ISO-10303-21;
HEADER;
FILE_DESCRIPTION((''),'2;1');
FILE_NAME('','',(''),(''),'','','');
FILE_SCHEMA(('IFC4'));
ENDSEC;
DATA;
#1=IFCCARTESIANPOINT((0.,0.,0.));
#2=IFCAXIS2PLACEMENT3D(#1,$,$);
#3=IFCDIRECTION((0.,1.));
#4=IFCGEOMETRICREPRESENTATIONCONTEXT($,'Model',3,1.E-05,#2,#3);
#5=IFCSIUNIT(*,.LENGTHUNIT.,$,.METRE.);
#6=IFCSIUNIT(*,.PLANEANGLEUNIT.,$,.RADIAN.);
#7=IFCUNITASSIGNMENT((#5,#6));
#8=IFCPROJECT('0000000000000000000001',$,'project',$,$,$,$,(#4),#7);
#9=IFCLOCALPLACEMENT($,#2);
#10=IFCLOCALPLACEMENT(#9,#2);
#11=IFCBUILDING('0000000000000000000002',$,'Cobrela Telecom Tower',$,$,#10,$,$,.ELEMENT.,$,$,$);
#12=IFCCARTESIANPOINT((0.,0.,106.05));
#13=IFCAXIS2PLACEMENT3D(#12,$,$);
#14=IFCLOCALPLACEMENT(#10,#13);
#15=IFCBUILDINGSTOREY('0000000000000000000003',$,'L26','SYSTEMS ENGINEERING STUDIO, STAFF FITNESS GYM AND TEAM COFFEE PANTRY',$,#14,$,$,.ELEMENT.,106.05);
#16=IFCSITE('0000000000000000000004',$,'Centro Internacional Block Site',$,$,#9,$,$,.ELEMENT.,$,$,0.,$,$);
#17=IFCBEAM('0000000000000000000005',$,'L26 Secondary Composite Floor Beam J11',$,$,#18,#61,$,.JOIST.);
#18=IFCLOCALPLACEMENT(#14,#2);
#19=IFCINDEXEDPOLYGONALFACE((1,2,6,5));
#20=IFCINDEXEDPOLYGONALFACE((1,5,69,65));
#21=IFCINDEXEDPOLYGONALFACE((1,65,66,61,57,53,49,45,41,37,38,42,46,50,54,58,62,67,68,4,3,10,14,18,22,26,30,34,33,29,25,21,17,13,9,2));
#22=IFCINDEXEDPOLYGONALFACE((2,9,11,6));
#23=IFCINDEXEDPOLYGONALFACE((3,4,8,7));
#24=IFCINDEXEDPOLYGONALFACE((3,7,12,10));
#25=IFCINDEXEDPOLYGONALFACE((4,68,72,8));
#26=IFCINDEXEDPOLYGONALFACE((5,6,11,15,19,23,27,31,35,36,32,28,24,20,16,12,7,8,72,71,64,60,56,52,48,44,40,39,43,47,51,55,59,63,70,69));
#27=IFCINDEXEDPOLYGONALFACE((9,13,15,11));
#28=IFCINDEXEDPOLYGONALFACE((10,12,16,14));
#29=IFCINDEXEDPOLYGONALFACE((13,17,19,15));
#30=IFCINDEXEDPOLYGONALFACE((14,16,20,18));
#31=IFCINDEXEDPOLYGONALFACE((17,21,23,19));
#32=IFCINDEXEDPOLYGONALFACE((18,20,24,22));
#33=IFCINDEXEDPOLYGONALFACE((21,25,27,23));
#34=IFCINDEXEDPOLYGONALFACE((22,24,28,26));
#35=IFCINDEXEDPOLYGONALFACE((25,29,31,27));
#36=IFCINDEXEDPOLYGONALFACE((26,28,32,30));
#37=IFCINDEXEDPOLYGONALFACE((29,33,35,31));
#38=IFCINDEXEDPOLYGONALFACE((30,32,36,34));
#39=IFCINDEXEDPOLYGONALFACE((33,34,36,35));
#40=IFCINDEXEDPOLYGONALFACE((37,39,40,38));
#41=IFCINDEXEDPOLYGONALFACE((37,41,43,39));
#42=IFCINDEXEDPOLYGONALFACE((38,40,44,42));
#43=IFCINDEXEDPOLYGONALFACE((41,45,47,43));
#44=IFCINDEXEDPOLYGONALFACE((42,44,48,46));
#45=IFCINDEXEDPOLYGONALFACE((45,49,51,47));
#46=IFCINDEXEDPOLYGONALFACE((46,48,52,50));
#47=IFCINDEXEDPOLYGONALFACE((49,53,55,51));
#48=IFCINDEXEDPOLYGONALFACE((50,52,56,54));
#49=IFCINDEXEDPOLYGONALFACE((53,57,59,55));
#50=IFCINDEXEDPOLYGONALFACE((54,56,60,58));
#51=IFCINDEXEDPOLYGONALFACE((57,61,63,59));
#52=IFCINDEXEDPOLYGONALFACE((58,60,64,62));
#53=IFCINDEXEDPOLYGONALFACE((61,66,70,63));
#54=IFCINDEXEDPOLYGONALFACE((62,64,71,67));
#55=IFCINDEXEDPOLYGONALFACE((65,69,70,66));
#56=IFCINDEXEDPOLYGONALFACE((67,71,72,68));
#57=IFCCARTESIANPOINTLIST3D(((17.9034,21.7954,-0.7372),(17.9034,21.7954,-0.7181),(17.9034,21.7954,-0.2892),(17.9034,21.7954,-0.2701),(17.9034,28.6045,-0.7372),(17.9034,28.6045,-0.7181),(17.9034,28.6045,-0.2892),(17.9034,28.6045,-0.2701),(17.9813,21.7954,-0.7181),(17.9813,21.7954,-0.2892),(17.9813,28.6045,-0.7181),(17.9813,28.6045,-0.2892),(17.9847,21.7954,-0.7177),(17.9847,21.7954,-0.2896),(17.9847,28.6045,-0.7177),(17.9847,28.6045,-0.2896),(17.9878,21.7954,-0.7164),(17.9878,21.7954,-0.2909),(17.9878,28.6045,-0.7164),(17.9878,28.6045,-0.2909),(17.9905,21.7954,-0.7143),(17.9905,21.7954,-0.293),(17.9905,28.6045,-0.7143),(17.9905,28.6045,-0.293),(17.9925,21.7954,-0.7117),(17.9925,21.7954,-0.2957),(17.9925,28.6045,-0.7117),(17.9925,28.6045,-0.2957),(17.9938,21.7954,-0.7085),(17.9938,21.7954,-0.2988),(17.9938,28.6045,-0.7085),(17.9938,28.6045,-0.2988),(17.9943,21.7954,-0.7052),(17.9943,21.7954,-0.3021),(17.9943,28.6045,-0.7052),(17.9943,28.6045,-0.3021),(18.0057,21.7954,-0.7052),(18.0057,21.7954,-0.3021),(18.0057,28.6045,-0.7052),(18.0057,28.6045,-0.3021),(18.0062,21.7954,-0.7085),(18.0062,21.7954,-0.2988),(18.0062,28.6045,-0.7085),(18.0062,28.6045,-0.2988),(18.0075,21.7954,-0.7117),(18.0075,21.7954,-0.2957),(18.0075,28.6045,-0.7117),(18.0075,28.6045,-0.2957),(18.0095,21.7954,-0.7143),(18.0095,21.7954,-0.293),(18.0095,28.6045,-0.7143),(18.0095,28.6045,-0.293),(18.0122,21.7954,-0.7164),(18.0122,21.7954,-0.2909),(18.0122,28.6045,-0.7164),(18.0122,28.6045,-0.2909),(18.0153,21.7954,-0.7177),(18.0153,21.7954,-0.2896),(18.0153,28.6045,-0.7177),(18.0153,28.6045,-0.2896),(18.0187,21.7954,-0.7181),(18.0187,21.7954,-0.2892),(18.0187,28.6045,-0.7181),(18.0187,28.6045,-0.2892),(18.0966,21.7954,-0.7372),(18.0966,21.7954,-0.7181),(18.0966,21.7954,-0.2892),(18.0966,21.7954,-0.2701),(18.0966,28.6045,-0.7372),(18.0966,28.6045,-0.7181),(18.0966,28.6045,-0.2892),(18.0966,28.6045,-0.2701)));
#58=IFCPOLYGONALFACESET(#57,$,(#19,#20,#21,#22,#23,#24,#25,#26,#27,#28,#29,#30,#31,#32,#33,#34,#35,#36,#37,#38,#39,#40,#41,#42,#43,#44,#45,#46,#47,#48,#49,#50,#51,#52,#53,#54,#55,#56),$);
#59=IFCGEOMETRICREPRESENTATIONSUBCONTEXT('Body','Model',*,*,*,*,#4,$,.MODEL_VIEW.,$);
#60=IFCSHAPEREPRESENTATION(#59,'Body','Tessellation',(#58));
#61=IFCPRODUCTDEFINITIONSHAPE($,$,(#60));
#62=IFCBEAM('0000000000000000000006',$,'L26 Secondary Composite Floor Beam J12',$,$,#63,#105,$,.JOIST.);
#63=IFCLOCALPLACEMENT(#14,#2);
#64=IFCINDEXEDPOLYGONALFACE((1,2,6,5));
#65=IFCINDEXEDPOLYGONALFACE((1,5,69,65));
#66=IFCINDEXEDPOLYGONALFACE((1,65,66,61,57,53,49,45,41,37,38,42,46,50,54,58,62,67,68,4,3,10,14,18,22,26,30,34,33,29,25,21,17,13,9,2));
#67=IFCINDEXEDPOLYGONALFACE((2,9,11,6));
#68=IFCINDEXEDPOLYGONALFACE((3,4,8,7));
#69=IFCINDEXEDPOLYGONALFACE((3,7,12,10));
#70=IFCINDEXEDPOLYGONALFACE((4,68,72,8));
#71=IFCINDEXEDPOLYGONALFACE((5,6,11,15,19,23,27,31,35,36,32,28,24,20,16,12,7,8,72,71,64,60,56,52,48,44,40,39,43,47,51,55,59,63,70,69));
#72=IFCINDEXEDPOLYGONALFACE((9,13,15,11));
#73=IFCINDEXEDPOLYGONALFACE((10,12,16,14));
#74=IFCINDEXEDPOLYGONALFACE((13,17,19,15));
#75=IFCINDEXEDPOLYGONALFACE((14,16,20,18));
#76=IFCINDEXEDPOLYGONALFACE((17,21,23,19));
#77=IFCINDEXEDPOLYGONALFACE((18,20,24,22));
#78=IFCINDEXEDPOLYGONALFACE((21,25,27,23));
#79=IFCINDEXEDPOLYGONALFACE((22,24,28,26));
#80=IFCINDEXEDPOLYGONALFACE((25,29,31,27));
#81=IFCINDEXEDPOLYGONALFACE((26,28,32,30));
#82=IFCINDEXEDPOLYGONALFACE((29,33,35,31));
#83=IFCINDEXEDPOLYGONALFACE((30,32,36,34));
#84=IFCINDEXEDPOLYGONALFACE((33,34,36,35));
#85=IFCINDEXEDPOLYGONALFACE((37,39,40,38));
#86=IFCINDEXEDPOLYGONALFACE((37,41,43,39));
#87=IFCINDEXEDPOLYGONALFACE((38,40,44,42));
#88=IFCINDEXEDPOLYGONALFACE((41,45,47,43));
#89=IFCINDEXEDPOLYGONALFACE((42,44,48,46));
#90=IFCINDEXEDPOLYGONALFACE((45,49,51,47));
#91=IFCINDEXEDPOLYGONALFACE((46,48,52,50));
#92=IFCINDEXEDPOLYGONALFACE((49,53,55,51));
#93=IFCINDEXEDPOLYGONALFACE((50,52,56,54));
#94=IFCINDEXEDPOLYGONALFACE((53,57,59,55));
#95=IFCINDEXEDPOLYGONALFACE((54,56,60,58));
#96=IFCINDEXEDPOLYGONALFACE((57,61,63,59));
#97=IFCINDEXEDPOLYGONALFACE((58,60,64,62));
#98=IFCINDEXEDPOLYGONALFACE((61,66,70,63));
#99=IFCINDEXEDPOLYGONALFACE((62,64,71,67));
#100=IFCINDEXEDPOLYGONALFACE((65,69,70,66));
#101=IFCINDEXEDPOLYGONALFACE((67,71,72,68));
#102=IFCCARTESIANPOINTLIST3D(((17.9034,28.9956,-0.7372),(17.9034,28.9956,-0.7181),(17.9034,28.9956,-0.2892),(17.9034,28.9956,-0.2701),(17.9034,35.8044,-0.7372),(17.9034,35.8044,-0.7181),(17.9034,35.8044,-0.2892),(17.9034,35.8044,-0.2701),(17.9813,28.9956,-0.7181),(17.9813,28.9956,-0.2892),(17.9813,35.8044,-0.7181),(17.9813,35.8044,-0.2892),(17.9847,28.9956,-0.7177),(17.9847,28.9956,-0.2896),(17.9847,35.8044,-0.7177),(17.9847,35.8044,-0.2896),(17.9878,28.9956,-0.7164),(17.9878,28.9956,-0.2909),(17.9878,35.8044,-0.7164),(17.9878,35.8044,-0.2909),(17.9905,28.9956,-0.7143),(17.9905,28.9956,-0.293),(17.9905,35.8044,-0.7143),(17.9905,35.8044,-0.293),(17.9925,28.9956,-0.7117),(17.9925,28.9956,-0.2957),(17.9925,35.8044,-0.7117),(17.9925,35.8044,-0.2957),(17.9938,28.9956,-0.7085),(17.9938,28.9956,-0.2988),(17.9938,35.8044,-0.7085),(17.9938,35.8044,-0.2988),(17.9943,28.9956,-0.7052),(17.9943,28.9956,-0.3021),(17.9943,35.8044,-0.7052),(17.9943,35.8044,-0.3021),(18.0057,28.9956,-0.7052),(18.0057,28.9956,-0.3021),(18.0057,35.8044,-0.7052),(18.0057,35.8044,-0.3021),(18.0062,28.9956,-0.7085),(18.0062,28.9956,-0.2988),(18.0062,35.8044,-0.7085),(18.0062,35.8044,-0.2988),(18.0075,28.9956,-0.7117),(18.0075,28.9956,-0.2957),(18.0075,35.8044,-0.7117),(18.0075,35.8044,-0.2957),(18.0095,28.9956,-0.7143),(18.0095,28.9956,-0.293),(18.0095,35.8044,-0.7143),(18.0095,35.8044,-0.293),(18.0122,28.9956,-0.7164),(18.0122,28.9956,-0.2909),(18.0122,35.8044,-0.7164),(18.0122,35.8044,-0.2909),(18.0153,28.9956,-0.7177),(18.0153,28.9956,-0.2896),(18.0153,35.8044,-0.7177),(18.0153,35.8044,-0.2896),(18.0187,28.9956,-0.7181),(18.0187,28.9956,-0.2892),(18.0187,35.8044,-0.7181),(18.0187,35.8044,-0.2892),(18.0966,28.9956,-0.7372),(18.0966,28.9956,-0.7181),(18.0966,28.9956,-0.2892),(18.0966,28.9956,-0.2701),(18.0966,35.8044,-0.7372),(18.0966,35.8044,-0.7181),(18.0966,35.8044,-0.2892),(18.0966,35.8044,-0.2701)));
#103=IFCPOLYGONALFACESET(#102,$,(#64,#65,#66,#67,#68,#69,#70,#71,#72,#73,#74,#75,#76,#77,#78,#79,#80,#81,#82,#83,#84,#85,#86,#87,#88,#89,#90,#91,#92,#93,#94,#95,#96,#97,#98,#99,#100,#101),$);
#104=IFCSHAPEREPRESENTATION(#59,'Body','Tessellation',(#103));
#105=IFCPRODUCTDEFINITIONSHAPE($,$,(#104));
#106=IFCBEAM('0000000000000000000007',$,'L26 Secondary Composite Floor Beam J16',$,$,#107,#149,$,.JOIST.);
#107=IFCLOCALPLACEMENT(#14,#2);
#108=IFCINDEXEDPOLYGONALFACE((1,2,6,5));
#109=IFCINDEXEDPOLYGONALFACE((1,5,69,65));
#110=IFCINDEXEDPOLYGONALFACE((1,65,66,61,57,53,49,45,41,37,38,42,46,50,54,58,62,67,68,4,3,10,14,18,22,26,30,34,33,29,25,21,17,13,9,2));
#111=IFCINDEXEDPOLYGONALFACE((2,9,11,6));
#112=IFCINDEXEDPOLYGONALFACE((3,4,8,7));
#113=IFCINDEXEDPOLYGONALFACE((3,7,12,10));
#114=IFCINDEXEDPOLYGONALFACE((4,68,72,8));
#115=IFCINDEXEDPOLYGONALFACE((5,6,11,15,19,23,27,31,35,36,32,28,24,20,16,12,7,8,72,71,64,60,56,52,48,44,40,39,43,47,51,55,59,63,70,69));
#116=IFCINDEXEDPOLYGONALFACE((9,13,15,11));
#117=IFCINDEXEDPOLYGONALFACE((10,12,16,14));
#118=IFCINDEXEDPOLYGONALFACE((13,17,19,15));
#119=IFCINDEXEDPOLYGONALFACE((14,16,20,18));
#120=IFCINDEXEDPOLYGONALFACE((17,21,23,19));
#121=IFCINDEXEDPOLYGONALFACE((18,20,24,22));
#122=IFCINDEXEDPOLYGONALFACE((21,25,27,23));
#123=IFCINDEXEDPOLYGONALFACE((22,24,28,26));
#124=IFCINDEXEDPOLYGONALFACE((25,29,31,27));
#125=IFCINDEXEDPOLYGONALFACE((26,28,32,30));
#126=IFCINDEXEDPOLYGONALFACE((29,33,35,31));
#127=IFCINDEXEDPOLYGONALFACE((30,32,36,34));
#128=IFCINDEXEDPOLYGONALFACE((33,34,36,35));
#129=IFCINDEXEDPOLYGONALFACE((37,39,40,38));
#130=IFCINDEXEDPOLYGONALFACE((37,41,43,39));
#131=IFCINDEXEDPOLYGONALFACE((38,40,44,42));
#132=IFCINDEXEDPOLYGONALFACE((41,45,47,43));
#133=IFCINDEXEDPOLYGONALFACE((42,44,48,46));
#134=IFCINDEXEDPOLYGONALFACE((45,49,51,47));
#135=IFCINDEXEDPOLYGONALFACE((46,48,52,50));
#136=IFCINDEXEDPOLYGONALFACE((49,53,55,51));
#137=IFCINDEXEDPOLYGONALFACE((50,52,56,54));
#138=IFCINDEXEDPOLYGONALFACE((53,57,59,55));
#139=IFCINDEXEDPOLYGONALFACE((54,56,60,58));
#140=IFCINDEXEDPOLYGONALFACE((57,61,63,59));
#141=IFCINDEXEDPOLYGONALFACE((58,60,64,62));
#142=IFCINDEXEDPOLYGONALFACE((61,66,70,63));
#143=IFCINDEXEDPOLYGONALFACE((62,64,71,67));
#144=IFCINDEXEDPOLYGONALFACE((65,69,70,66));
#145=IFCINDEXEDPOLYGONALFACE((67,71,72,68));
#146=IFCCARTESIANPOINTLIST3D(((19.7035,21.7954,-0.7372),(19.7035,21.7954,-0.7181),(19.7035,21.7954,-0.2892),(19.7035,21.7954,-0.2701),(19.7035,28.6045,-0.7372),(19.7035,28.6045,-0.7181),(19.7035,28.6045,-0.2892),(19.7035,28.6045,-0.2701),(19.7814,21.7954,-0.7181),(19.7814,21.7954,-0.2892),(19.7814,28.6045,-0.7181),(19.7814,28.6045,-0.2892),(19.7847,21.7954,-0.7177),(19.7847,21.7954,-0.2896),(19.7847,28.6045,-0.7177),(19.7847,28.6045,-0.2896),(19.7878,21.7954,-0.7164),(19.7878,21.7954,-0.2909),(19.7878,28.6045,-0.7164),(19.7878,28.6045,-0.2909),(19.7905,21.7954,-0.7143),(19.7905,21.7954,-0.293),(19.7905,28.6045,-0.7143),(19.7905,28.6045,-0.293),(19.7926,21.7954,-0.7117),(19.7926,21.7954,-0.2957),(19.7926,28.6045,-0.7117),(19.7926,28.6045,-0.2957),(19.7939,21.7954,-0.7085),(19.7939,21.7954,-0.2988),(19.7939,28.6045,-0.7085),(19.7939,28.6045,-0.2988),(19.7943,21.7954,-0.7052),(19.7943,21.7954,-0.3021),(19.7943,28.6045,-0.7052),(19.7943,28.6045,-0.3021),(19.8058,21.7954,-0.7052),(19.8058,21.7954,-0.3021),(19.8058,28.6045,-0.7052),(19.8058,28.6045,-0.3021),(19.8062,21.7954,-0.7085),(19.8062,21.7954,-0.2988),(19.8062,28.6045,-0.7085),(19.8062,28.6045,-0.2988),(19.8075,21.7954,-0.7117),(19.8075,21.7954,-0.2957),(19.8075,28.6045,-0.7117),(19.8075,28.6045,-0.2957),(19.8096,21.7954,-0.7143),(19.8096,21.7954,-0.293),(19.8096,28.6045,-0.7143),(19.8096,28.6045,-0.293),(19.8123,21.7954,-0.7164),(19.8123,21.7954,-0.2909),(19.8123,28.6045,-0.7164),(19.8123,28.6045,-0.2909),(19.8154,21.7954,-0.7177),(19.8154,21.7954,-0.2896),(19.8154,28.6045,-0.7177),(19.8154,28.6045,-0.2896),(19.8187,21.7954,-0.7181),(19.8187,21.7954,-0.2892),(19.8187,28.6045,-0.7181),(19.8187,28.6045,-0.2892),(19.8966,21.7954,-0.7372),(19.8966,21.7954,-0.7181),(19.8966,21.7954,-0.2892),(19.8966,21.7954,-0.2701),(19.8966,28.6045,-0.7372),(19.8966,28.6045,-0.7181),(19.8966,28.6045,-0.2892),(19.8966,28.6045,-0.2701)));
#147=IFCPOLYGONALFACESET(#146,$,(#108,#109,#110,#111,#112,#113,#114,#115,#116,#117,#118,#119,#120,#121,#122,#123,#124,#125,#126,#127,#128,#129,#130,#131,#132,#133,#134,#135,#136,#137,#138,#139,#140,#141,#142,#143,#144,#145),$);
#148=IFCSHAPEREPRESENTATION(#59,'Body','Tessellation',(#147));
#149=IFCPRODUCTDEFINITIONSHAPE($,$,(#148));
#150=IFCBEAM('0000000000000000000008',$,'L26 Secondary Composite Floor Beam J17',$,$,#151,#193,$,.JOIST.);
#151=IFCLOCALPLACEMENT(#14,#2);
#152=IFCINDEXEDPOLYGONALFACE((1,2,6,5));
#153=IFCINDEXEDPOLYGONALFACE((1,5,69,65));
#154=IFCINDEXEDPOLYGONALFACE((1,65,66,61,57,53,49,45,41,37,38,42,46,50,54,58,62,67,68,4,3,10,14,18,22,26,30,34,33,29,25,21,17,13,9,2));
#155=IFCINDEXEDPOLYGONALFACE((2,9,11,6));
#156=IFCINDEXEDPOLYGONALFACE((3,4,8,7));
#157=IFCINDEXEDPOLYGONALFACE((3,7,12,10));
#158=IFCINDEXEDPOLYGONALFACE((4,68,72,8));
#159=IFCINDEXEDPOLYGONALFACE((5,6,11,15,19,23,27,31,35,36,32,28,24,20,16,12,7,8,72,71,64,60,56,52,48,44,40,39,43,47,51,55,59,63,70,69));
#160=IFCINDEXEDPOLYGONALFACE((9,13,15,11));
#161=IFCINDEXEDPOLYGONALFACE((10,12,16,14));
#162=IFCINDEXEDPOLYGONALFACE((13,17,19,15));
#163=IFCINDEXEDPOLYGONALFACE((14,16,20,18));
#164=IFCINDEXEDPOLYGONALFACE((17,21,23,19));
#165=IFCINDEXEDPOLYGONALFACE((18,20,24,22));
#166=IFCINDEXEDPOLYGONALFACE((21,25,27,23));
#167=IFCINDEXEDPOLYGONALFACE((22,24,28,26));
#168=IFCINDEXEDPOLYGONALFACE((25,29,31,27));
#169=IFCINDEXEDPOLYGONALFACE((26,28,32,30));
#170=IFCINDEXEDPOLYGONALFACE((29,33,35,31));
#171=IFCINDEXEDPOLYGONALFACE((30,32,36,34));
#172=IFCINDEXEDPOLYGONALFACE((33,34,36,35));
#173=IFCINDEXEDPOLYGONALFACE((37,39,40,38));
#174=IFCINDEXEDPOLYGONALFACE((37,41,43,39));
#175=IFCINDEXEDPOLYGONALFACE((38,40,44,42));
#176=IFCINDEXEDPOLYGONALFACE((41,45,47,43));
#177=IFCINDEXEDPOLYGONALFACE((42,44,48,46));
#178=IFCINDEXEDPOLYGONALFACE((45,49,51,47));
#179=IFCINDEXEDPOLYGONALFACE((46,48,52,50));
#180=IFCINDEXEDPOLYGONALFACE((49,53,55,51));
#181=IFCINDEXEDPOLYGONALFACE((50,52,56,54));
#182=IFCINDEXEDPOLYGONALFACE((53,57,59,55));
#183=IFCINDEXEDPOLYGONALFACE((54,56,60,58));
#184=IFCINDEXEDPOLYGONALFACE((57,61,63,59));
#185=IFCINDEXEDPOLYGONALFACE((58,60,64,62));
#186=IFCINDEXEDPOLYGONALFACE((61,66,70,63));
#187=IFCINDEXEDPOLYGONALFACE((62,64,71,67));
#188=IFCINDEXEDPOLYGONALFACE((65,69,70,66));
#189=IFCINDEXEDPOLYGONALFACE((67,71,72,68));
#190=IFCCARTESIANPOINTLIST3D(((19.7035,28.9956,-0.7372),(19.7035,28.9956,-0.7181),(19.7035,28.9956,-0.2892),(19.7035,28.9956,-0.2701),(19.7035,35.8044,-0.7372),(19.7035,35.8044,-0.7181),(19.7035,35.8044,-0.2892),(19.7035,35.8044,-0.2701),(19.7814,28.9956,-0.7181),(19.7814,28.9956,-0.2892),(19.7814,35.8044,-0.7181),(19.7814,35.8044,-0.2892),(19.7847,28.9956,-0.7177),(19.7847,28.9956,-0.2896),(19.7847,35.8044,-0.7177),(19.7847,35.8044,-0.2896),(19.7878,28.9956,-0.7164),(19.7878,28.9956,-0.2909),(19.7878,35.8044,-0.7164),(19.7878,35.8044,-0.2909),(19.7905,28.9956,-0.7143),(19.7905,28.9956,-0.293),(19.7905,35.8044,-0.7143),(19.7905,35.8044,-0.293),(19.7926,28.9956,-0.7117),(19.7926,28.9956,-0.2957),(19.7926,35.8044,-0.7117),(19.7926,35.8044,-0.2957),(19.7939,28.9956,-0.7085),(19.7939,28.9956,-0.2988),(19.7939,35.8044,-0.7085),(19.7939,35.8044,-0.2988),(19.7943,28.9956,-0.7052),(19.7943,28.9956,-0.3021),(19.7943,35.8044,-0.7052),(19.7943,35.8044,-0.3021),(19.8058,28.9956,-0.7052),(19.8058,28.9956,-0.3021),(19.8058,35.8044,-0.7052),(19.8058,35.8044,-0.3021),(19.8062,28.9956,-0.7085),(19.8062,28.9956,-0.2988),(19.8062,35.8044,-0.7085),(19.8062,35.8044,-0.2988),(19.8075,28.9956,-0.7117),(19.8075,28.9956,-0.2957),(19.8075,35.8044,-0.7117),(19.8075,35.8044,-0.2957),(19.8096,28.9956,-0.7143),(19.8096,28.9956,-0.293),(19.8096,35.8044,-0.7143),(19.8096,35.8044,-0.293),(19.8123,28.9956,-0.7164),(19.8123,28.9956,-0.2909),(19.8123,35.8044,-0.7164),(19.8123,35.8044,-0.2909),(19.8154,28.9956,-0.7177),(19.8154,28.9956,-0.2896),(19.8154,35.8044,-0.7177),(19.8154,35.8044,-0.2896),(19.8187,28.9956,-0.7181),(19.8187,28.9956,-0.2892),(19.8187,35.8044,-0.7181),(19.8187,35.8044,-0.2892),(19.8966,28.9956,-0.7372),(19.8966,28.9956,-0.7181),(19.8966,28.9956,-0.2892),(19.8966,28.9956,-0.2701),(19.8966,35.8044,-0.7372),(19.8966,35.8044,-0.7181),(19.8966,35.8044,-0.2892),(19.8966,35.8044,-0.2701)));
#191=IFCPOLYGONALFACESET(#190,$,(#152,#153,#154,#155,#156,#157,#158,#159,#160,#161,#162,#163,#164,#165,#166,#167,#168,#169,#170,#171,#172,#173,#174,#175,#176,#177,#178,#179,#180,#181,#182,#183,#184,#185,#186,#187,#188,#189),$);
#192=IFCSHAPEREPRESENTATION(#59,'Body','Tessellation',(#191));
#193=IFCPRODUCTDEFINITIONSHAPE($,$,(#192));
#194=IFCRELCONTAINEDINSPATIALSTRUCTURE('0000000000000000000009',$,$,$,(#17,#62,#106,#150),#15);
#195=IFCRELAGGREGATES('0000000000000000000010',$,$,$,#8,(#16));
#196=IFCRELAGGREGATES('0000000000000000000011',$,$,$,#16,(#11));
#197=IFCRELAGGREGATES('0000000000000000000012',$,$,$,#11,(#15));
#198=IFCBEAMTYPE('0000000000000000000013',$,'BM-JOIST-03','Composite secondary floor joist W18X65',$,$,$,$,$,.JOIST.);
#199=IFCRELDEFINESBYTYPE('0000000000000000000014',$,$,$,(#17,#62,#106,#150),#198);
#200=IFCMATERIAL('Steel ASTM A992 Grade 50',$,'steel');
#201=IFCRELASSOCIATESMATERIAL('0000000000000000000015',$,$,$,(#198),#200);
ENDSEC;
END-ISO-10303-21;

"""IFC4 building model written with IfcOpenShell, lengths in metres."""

from ifc_helpers import new_model, si_unit, direction, frame, origin, origin_2d, place, context, subcontext, project, spatial, i_section, extrude, material, material_profile, profile_set, type_object, element, save


model = new_model("IFC4")

# Units and contexts
model_context = context("Model", 3, precision=1e-05, world=origin(), true_north=direction((0.0, 1.0)))
body_context = subcontext(model_context, "Body", "Model", "MODEL_VIEW")
ifc_project = project(units=[si_unit("LENGTHUNIT", "METRE"), si_unit("PLANEANGLEUNIT", "RADIAN")], contexts=[model_context])

# Site, building, storey
site_placement = place(None, origin())
site = spatial("IfcSite", under=ifc_project, at=site_placement, Name="Centro Internacional Block Site", CompositionType="ELEMENT", RefElevation=0.0)
building_placement = place(site_placement, origin())
building = spatial("IfcBuilding", under=site, at=building_placement, Name="Cobrela Telecom Tower", CompositionType="ELEMENT")
storey_placement = place(building_placement, frame((0.0, 0.0, 106.05)))
storey = spatial("IfcBuildingStorey", under=building, at=storey_placement, Name="L26", Description="SYSTEMS ENGINEERING STUDIO, STAFF FITNESS GYM AND TEAM COFFEE PANTRY", CompositionType="ELEMENT", Elevation=106.05)

# Shared definitions
ifc_material_1 = material(Name="Steel ASTM A992 Grade 50", Category="steel")

# Beams
ifc_material_profile_1 = material_profile(ifc_material_1, i_section(OverallWidth=0.1931, OverallDepth=0.467, WebThickness=0.0115, FlangeThickness=0.019, FilletRadius=0.0129, at=origin_2d()), Name="W18X65")
ifc_profile_set_1 = profile_set([ifc_material_profile_1], Name="Steel ASTM A992 Grade 50")
beam_type_1 = type_object("IfcBeamType", Name="BM-JOIST-03", Description="Composite secondary floor joist W18X65", PredefinedType="JOIST", material=ifc_profile_set_1)
beam_1_placement = place(storey_placement, frame((18.0, 21.7954, -0.5037), z_axis=(0.0, 1.0, 0.0), x_axis=(-1.0, 0.0, 0.0)))
element("IfcBeam", 1, at=beam_1_placement, inside=storey, type_object=beam_type_1, Name="L26 Secondary Composite Floor Beam J11", PredefinedType="JOIST", context=body_context, shape_type="SweptSolid", body=[
    extrude(i_section(OverallWidth=0.1931, OverallDepth=0.467, WebThickness=0.0115, FlangeThickness=0.019, FilletRadius=0.0129, at=origin_2d()), origin(), (0.0, 0.0, 1.0), 6.8091),
])
beam_2_placement = place(storey_placement, frame((18.0, 28.9956, -0.5037), z_axis=(0.0, 1.0, 0.0), x_axis=(-1.0, 0.0, 0.0)))
element("IfcBeam", 2, at=beam_2_placement, inside=storey, type_object=beam_type_1, Name="L26 Secondary Composite Floor Beam J12", PredefinedType="JOIST", context=body_context, shape_type="SweptSolid", body=[
    extrude(i_section(OverallWidth=0.1931, OverallDepth=0.467, WebThickness=0.0115, FlangeThickness=0.019, FilletRadius=0.0129, at=origin_2d()), origin(), (0.0, 0.0, 1.0), 6.8088),
])
beam_3_placement = place(storey_placement, frame((19.8, 21.7954, -0.5037), z_axis=(0.0, 1.0, 0.0), x_axis=(-1.0, 0.0, 0.0)))
element("IfcBeam", 3, at=beam_3_placement, inside=storey, type_object=beam_type_1, Name="L26 Secondary Composite Floor Beam J16", PredefinedType="JOIST", context=body_context, shape_type="SweptSolid", body=[
    extrude(i_section(OverallWidth=0.1931, OverallDepth=0.467, WebThickness=0.0115, FlangeThickness=0.019, FilletRadius=0.0129, at=origin_2d()), origin(), (0.0, 0.0, 1.0), 6.8091),
])
beam_4_placement = place(storey_placement, frame((19.8, 28.9956, -0.5037), z_axis=(0.0, 1.0, 0.0), x_axis=(-1.0, 0.0, 0.0)))
element("IfcBeam", 4, at=beam_4_placement, inside=storey, type_object=beam_type_1, Name="L26 Secondary Composite Floor Beam J17", PredefinedType="JOIST", context=body_context, shape_type="SweptSolid", body=[
    extrude(i_section(OverallWidth=0.1931, OverallDepth=0.467, WebThickness=0.0115, FlangeThickness=0.019, FilletRadius=0.0129, at=origin_2d()), origin(), (0.0, 0.0, 1.0), 6.8088),
])

save(model, "model.ifc")
